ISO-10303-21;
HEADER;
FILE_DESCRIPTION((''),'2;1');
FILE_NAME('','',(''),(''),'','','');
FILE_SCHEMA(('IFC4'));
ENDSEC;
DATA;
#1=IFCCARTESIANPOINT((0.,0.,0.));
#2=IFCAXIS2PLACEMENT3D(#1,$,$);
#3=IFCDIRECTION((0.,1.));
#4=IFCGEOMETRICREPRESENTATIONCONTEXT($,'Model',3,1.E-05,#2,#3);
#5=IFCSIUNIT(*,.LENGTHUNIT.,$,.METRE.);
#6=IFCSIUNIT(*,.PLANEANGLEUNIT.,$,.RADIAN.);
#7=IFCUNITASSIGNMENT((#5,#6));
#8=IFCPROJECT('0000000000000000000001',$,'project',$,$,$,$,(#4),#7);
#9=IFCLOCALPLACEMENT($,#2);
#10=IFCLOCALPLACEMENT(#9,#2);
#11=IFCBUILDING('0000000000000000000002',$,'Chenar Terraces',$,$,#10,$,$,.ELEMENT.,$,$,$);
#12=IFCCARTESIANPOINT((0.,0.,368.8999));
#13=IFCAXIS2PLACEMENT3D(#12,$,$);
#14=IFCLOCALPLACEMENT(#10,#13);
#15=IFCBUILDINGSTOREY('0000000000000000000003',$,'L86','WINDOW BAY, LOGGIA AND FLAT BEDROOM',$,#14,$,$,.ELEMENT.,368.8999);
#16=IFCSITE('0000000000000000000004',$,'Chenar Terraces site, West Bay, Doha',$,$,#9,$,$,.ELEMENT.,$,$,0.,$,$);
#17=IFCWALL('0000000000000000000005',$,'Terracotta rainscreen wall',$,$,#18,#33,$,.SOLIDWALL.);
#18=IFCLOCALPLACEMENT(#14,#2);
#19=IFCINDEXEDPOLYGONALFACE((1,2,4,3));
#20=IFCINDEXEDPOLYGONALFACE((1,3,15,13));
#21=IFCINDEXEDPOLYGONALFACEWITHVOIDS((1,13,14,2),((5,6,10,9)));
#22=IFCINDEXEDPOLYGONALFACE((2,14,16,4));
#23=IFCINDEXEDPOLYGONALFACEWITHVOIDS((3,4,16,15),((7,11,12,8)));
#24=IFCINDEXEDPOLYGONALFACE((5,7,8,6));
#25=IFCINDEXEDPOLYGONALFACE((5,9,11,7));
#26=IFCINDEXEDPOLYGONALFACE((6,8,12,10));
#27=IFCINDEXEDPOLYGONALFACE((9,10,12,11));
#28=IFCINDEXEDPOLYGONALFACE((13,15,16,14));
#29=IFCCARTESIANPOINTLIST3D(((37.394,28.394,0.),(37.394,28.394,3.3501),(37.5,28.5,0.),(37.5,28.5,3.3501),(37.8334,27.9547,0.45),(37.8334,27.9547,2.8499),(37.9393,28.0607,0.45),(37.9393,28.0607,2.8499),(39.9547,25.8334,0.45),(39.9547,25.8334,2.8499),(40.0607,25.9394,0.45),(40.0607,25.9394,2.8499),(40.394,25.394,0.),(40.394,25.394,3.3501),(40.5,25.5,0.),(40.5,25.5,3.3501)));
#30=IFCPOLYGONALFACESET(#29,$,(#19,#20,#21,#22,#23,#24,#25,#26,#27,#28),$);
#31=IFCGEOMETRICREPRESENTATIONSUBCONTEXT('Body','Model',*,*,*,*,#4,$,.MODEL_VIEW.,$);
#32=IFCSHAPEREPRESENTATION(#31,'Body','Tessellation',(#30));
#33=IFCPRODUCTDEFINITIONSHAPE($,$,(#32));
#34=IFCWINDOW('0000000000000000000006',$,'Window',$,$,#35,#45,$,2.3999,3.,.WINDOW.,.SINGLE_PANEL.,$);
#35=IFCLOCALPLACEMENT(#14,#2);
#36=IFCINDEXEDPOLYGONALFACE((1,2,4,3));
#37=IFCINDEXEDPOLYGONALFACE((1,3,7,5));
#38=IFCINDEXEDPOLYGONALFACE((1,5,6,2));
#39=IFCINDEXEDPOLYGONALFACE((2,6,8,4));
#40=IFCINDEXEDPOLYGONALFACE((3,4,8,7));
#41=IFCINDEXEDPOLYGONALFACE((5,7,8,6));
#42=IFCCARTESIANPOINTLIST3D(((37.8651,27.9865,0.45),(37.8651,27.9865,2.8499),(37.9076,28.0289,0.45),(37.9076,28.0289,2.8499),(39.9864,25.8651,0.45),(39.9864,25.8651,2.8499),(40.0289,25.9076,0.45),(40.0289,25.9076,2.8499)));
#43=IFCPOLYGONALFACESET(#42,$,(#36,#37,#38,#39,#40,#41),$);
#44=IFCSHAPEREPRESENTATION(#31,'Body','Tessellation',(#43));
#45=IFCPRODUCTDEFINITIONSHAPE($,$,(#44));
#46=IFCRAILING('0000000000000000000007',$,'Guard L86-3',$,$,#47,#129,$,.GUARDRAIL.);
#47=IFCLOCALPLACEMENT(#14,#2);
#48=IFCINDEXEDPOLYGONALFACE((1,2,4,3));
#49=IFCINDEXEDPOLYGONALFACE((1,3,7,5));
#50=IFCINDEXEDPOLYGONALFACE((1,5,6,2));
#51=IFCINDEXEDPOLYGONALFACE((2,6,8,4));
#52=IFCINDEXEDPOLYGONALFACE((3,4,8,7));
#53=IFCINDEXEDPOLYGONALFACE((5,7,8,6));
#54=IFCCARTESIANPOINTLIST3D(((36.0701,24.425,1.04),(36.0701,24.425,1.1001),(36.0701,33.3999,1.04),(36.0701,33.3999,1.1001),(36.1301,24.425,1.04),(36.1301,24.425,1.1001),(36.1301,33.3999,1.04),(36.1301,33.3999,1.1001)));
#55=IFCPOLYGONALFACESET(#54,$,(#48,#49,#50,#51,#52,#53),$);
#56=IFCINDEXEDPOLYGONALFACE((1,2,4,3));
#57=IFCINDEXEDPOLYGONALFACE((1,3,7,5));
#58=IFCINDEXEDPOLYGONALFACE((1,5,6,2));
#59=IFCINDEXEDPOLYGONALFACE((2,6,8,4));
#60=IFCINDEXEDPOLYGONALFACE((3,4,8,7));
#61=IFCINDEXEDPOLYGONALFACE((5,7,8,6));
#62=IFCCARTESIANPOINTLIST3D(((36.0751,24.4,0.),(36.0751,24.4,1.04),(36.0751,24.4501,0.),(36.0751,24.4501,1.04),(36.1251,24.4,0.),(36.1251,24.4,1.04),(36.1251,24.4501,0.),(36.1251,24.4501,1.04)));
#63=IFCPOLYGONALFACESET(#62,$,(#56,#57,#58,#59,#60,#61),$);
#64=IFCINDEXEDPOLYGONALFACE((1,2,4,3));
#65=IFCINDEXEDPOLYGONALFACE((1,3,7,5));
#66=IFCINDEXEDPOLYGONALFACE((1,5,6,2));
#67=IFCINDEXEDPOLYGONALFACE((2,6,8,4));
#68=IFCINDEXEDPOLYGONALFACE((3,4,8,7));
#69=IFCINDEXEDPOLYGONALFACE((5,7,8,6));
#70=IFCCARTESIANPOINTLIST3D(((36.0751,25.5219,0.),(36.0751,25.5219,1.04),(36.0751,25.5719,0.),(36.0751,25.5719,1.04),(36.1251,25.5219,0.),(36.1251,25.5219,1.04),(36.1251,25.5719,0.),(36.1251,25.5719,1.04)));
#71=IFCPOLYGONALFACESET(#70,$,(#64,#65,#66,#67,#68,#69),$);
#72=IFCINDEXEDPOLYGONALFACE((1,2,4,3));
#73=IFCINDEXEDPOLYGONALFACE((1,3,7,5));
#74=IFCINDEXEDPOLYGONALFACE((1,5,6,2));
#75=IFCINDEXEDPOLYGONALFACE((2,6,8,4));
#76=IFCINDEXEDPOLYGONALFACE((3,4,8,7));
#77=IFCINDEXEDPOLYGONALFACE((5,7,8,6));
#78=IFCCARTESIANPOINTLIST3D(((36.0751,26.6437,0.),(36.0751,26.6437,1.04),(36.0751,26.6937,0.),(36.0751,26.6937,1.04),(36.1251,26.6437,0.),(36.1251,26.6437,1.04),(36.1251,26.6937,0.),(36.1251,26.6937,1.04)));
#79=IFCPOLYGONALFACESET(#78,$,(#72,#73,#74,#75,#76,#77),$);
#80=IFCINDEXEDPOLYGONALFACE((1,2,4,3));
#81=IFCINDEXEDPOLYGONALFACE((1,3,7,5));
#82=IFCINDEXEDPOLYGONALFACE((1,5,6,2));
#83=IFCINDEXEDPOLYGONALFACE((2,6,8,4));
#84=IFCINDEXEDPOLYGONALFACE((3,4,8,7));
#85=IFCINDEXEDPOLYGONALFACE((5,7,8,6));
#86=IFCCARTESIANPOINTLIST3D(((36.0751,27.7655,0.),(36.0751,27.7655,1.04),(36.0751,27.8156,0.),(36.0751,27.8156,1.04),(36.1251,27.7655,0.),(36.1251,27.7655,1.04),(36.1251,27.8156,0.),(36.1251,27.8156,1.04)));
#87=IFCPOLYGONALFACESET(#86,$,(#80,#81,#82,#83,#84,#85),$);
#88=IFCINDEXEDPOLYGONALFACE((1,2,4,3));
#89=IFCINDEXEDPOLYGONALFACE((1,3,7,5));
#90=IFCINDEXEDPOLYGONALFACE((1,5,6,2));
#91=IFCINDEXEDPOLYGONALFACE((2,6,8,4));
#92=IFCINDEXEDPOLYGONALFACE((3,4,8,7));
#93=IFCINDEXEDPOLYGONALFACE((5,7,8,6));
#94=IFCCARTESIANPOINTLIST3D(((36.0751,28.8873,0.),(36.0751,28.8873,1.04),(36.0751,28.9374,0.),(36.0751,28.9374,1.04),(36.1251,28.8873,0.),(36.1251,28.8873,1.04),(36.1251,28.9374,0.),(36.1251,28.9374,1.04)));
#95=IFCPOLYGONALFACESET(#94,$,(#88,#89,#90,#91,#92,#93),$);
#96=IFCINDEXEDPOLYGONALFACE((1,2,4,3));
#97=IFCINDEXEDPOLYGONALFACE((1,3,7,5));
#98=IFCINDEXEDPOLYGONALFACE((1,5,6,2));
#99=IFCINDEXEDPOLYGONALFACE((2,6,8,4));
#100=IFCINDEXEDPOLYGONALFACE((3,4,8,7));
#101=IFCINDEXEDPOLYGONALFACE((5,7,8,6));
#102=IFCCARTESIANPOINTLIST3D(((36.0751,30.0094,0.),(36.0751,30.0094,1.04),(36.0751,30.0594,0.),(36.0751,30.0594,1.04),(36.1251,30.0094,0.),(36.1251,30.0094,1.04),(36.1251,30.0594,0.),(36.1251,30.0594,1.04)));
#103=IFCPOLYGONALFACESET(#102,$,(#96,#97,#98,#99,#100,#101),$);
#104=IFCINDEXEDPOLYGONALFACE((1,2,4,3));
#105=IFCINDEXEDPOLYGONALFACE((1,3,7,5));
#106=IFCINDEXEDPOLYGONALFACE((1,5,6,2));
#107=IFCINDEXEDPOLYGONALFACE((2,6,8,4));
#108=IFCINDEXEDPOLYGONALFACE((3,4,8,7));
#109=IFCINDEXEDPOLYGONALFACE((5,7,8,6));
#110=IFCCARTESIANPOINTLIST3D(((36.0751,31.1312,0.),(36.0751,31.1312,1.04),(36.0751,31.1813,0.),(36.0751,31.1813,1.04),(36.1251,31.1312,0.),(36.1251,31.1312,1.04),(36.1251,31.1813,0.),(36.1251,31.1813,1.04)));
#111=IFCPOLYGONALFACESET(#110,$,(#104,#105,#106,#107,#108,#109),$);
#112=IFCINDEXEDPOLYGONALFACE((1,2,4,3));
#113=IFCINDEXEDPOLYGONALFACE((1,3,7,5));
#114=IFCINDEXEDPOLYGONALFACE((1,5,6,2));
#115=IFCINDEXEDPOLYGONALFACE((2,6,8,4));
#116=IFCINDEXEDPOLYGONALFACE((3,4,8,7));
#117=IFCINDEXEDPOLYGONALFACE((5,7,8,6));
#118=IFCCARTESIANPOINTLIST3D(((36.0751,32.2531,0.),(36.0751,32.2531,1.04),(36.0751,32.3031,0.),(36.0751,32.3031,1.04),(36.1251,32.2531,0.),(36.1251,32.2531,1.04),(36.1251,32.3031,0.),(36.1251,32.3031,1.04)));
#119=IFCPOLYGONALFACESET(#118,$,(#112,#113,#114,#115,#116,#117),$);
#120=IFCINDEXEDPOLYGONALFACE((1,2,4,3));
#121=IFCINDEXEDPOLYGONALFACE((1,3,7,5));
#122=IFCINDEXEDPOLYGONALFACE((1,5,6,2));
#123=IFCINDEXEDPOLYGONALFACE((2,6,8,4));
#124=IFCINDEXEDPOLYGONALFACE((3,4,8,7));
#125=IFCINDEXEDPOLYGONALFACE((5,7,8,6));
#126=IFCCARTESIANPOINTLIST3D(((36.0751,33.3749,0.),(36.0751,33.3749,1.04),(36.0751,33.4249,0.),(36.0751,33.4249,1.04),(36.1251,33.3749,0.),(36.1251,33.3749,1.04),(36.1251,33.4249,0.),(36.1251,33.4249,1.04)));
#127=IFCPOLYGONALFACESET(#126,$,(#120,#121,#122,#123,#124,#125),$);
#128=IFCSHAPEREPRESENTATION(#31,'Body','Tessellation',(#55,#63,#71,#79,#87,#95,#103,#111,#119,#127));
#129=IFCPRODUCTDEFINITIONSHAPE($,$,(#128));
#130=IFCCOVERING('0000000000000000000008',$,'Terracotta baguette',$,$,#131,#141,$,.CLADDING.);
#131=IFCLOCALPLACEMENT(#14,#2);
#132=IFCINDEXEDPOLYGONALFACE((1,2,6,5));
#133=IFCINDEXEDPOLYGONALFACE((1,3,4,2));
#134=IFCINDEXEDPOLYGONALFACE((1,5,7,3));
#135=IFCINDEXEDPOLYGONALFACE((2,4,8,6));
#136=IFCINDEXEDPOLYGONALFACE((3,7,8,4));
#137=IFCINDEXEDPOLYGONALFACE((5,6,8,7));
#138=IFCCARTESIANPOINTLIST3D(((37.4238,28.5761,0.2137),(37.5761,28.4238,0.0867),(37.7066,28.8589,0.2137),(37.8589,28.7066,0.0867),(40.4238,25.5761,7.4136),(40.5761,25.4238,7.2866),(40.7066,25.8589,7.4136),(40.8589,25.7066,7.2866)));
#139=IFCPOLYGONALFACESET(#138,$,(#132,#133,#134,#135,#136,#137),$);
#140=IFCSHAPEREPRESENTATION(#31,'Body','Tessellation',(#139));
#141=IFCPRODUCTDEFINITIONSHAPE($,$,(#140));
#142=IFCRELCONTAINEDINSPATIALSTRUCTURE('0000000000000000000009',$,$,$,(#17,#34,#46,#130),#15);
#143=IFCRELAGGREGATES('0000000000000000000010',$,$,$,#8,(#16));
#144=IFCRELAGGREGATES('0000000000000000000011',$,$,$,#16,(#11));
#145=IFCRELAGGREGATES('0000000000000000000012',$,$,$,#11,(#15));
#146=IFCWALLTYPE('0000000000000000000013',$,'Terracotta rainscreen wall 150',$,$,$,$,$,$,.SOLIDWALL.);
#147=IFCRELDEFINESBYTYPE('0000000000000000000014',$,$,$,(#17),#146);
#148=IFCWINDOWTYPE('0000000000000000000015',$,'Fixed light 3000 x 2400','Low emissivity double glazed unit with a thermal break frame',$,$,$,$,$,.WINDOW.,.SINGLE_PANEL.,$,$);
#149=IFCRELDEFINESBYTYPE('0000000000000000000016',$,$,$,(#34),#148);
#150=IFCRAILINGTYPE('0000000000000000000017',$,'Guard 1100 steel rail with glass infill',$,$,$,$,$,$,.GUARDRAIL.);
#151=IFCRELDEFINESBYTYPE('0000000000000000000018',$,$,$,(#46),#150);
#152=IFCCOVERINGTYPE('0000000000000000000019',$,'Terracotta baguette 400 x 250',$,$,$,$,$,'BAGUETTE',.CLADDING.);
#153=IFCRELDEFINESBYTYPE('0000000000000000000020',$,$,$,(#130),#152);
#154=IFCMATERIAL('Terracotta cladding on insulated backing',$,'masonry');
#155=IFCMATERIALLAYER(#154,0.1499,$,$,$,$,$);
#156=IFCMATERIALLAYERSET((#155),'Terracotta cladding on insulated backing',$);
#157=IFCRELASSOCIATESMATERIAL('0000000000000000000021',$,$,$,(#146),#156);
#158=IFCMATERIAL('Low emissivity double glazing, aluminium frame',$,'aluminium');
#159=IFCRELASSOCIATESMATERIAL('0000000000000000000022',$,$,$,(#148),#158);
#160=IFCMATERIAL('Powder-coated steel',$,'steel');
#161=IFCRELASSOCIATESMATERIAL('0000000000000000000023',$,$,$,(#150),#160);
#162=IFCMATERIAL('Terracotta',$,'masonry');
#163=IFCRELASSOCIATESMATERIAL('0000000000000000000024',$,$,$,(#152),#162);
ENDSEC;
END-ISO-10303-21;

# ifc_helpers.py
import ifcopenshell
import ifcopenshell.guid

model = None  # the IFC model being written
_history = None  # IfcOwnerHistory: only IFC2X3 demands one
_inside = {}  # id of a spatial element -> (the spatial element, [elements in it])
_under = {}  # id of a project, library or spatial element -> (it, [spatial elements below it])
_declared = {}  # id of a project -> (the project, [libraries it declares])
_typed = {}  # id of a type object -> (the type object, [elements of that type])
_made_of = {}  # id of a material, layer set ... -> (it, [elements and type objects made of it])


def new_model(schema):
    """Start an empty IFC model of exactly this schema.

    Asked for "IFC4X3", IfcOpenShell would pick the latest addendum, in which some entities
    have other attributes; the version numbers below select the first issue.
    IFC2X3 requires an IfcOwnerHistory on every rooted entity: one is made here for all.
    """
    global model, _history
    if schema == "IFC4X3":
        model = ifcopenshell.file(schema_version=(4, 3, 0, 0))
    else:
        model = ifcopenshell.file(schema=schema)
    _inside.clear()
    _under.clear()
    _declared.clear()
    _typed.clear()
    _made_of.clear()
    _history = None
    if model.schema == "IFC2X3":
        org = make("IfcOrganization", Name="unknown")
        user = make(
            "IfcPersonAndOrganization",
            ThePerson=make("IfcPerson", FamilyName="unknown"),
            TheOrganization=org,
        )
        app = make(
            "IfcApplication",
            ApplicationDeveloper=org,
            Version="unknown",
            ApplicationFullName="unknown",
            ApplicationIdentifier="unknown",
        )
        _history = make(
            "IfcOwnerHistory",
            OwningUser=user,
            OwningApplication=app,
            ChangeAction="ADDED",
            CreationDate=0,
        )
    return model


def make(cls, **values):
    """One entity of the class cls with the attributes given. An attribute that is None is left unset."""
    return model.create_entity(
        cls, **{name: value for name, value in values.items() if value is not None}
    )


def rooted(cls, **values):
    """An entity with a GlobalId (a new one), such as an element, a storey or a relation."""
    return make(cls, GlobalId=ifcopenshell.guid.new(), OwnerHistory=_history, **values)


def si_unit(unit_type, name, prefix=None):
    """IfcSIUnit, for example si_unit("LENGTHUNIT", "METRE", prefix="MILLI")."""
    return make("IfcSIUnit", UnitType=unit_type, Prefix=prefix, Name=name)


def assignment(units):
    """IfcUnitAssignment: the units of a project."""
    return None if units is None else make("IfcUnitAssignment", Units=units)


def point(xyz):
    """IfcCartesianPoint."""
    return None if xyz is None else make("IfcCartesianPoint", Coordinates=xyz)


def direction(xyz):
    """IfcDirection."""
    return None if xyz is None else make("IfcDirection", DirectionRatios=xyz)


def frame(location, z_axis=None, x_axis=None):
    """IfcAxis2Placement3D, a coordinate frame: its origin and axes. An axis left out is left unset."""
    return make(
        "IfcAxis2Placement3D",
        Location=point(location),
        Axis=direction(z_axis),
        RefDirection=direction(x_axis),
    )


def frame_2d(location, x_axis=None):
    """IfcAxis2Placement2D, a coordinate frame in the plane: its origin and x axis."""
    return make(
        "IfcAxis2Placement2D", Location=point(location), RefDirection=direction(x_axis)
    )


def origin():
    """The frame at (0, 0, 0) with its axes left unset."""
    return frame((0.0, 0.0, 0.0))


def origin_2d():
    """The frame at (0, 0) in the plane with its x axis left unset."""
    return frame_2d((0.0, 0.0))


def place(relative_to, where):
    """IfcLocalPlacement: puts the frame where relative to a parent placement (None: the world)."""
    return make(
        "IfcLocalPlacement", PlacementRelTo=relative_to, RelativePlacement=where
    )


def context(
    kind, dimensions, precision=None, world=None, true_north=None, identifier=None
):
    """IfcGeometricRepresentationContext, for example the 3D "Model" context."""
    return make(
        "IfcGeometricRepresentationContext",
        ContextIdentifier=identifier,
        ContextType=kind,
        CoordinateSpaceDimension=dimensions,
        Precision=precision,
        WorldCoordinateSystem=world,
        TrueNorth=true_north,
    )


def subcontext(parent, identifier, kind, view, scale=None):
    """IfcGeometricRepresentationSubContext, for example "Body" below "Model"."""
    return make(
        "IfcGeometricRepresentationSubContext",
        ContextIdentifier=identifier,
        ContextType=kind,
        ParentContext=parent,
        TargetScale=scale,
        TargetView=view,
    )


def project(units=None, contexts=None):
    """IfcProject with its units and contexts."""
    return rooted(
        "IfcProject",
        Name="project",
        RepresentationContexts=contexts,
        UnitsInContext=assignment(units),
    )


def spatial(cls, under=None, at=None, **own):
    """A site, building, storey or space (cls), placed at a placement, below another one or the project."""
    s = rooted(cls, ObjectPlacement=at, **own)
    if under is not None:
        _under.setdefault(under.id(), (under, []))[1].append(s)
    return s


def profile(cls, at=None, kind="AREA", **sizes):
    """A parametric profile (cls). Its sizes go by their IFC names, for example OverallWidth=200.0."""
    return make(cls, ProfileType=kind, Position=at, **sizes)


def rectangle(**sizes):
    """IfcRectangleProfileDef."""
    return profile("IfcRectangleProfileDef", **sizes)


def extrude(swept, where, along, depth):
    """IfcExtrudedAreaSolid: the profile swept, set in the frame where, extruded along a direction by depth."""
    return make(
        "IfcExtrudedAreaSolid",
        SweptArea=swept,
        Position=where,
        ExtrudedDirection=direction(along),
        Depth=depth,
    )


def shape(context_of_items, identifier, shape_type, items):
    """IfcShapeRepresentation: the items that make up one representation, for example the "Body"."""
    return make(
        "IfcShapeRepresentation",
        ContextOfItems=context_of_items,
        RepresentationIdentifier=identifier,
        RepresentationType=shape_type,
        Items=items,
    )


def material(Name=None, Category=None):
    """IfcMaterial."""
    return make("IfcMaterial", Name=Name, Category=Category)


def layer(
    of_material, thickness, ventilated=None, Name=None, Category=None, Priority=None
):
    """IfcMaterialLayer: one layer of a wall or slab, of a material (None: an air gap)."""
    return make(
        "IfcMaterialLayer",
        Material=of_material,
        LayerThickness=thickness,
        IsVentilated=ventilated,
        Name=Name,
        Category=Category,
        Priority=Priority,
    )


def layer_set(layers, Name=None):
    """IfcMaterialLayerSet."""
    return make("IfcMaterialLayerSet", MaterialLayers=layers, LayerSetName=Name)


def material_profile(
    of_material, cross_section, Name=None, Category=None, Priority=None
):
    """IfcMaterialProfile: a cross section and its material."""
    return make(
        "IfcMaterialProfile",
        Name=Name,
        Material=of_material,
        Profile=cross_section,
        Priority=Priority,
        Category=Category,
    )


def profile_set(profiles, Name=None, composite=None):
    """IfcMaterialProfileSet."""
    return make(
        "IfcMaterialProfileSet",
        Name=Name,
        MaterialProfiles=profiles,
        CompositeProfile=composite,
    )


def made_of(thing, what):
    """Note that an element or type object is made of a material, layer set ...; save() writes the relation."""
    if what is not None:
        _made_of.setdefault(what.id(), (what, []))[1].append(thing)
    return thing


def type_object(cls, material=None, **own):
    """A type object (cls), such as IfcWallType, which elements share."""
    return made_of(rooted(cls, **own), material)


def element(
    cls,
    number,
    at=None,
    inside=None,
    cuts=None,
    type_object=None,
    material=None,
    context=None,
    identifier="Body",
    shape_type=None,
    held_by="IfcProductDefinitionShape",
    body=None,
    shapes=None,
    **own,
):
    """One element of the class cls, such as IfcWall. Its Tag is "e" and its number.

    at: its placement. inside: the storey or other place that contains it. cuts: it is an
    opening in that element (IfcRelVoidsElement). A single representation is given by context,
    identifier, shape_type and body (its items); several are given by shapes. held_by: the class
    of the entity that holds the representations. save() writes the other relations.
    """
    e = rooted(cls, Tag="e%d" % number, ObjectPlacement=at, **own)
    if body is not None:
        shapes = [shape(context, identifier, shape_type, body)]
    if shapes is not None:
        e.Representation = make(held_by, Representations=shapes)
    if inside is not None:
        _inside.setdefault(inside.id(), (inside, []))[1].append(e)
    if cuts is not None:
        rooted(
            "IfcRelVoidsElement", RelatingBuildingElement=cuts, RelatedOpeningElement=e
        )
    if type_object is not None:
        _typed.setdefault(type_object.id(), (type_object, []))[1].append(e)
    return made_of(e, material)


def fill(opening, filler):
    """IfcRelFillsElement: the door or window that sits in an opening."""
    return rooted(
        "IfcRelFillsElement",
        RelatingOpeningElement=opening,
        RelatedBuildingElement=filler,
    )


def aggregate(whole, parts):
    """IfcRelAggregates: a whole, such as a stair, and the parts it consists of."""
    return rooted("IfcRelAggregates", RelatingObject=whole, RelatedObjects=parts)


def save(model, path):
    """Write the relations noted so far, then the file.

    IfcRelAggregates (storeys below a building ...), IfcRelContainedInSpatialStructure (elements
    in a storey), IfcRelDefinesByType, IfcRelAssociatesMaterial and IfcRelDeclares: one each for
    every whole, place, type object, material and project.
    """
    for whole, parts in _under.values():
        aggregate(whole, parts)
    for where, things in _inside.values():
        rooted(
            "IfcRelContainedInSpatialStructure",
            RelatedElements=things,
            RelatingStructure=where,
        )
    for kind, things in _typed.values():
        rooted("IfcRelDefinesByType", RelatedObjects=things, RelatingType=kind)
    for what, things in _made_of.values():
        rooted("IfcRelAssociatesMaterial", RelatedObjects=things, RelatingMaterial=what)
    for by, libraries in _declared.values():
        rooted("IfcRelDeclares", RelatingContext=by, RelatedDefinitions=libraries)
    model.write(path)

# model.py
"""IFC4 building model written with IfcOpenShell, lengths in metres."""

from ifc_helpers import new_model, si_unit, direction, frame, frame_2d, origin, origin_2d, place, context, subcontext, project, spatial, rectangle, extrude, material, layer, layer_set, material_profile, profile_set, type_object, element, fill, save


model = new_model("IFC4")

# Units and contexts
model_context = context("Model", 3, precision=1e-05, world=origin(), true_north=direction((0.0, 1.0)))
body_context = subcontext(model_context, "Body", "Model", "MODEL_VIEW")
ifc_project = project(units=[si_unit("LENGTHUNIT", "METRE"), si_unit("PLANEANGLEUNIT", "RADIAN")], contexts=[model_context])

# Site, building, storey
site_placement = place(None, origin())
site = spatial("IfcSite", under=ifc_project, at=site_placement, Name="Chenar Terraces site, West Bay, Doha", CompositionType="ELEMENT", RefElevation=0.0)
building_placement = place(site_placement, origin())
building = spatial("IfcBuilding", under=site, at=building_placement, Name="Chenar Terraces", CompositionType="ELEMENT")
storey_placement = place(building_placement, frame((0.0, 0.0, 368.8999)))
storey = spatial("IfcBuildingStorey", under=building, at=storey_placement, Name="L86", Description="WINDOW BAY, LOGGIA AND FLAT BEDROOM", CompositionType="ELEMENT", Elevation=368.8999)

# Wall, opening, window
ifc_material_1 = material(Name="Terracotta cladding on insulated backing", Category="masonry")
ifc_layer_1 = layer(ifc_material_1, 0.1499)
ifc_layer_set_1 = layer_set([ifc_layer_1], Name="Terracotta cladding on insulated backing")
wall_type_1 = type_object("IfcWallType", Name="Terracotta rainscreen wall 150", PredefinedType="SOLIDWALL", material=ifc_layer_set_1)
wall_1_placement = place(storey_placement, frame((40.447, 25.447, 0.0), z_axis=(0.0, 0.0, 1.0), x_axis=(-0.707107, 0.707107, 0.0)))
wall_1 = element("IfcWall", 1, at=wall_1_placement, inside=storey, type_object=wall_type_1, Name="Terracotta rainscreen wall", PredefinedType="SOLIDWALL", context=body_context, shape_type="SweptSolid", body=[
    extrude(rectangle(XDim=4.2427, YDim=0.1499, at=frame_2d((2.1213, 0.0))), origin(), (0.0, 0.0, 1.0), 3.3501),
])
opening_1_placement = place(wall_1_placement, frame((0.6213, 0.0, 0.45)))
opening_1 = element("IfcOpeningElement", 2, at=opening_1_placement, cuts=wall_1, PredefinedType="OPENING", context=body_context, shape_type="SweptSolid", body=[
    extrude(rectangle(XDim=3.0, YDim=2.3999, at=frame_2d((1.5, 1.2))), frame((0.0, 0.085, 0.0), z_axis=(0.0, -1.0, 0.0), x_axis=(1.0, 0.0, 0.0)), (0.0, 0.0, 1.0), 0.1699),
])
ifc_material_2 = material(Name="Low emissivity double glazing, aluminium frame", Category="aluminium")
window_type = type_object("IfcWindowType", Name="Fixed light 3000 x 2400", Description="Low emissivity double glazed unit with a thermal break frame", PartitioningType="SINGLE_PANEL", PredefinedType="WINDOW", material=ifc_material_2)
window_placement = place(opening_1_placement, origin())
window = element("IfcWindow", 3, at=window_placement, inside=storey, type_object=window_type, Name="Window", OverallHeight=2.3999, OverallWidth=3.0, PartitioningType="SINGLE_PANEL", PredefinedType="WINDOW", context=body_context, shape_type="SweptSolid", body=[
    extrude(rectangle(XDim=3.0, YDim=2.3999, at=frame_2d((1.5, 1.2))), frame((0.0, 0.03, 0.0), z_axis=(0.0, -1.0, 0.0), x_axis=(1.0, 0.0, 0.0)), (0.0, 0.0, 1.0), 0.0601),
])
fill(opening_1, window)

# Railing
ifc_material_3 = material(Name="Powder-coated steel", Category="steel")
railing_type = type_object("IfcRailingType", Name="Guard 1100 steel rail with glass infill", PredefinedType="GUARDRAIL", material=ifc_material_3)
railing_placement = place(storey_placement, frame((36.1001, 24.425, 0.0)))
element("IfcRailing", 4, at=railing_placement, inside=storey, type_object=railing_type, Name="Guard L86-3", PredefinedType="GUARDRAIL", context=body_context, shape_type="SweptSolid", body=[
    extrude(rectangle(XDim=0.0601, YDim=0.0601, at=origin_2d()), frame((0.0, 0.0, 1.0701), z_axis=(0.0, 1.0, 0.0), x_axis=(-1.0, 0.0, 0.0)), (0.0, 0.0, 1.0), 8.9749),
    extrude(rectangle(XDim=0.05, YDim=0.05, at=origin_2d()), origin(), (0.0, 0.0, 1.0), 1.04),
    extrude(rectangle(XDim=0.05, YDim=0.05, at=origin_2d()), frame((0.0, 1.1218, 0.0)), (0.0, 0.0, 1.0), 1.04),
    extrude(rectangle(XDim=0.05, YDim=0.05, at=origin_2d()), frame((0.0, 2.2437, 0.0)), (0.0, 0.0, 1.0), 1.04),
    extrude(rectangle(XDim=0.05, YDim=0.05, at=origin_2d()), frame((0.0, 3.3655, 0.0)), (0.0, 0.0, 1.0), 1.04),
    extrude(rectangle(XDim=0.05, YDim=0.05, at=origin_2d()), frame((0.0, 4.4873, 0.0)), (0.0, 0.0, 1.0), 1.04),
    extrude(rectangle(XDim=0.05, YDim=0.05, at=origin_2d()), frame((0.0, 5.6094, 0.0)), (0.0, 0.0, 1.0), 1.04),
    extrude(rectangle(XDim=0.05, YDim=0.05, at=origin_2d()), frame((0.0, 6.7312, 0.0)), (0.0, 0.0, 1.0), 1.04),
    extrude(rectangle(XDim=0.05, YDim=0.05, at=origin_2d()), frame((0.0, 7.853, 0.0)), (0.0, 0.0, 1.0), 1.04),
    extrude(rectangle(XDim=0.05, YDim=0.05, at=origin_2d()), frame((0.0, 8.9749, 0.0)), (0.0, 0.0, 1.0), 1.04),
])

# Covering
ifc_material_4 = material(Name="Terracotta", Category="masonry")
ifc_material_profile_1 = material_profile(ifc_material_4, rectangle(XDim=0.3999, YDim=0.25, at=origin_2d()), Name="Terracotta baguette 400 x 250")
ifc_profile_set_1 = profile_set([ifc_material_profile_1], Name="Terracotta")
covering_type = type_object("IfcCoveringType", Name="Terracotta baguette 400 x 250", ElementType="BAGUETTE", PredefinedType="CLADDING", material=ifc_profile_set_1)
covering_placement = place(storey_placement, frame((40.6414, 25.6414, 7.3501), z_axis=(-0.358981, 0.358981, -0.861548), x_axis=(-0.707107, -0.707107, 0.0)))
element("IfcCovering", 5, at=covering_placement, inside=storey, type_object=covering_type, Name="Terracotta baguette", PredefinedType="CLADDING", context=body_context, shape_type="SweptSolid", body=[
    extrude(rectangle(XDim=0.3999, YDim=0.25, at=origin_2d()), origin(), (0.0, 0.0, 1.0), 8.3569),
])

save(model, "model.ifc")
